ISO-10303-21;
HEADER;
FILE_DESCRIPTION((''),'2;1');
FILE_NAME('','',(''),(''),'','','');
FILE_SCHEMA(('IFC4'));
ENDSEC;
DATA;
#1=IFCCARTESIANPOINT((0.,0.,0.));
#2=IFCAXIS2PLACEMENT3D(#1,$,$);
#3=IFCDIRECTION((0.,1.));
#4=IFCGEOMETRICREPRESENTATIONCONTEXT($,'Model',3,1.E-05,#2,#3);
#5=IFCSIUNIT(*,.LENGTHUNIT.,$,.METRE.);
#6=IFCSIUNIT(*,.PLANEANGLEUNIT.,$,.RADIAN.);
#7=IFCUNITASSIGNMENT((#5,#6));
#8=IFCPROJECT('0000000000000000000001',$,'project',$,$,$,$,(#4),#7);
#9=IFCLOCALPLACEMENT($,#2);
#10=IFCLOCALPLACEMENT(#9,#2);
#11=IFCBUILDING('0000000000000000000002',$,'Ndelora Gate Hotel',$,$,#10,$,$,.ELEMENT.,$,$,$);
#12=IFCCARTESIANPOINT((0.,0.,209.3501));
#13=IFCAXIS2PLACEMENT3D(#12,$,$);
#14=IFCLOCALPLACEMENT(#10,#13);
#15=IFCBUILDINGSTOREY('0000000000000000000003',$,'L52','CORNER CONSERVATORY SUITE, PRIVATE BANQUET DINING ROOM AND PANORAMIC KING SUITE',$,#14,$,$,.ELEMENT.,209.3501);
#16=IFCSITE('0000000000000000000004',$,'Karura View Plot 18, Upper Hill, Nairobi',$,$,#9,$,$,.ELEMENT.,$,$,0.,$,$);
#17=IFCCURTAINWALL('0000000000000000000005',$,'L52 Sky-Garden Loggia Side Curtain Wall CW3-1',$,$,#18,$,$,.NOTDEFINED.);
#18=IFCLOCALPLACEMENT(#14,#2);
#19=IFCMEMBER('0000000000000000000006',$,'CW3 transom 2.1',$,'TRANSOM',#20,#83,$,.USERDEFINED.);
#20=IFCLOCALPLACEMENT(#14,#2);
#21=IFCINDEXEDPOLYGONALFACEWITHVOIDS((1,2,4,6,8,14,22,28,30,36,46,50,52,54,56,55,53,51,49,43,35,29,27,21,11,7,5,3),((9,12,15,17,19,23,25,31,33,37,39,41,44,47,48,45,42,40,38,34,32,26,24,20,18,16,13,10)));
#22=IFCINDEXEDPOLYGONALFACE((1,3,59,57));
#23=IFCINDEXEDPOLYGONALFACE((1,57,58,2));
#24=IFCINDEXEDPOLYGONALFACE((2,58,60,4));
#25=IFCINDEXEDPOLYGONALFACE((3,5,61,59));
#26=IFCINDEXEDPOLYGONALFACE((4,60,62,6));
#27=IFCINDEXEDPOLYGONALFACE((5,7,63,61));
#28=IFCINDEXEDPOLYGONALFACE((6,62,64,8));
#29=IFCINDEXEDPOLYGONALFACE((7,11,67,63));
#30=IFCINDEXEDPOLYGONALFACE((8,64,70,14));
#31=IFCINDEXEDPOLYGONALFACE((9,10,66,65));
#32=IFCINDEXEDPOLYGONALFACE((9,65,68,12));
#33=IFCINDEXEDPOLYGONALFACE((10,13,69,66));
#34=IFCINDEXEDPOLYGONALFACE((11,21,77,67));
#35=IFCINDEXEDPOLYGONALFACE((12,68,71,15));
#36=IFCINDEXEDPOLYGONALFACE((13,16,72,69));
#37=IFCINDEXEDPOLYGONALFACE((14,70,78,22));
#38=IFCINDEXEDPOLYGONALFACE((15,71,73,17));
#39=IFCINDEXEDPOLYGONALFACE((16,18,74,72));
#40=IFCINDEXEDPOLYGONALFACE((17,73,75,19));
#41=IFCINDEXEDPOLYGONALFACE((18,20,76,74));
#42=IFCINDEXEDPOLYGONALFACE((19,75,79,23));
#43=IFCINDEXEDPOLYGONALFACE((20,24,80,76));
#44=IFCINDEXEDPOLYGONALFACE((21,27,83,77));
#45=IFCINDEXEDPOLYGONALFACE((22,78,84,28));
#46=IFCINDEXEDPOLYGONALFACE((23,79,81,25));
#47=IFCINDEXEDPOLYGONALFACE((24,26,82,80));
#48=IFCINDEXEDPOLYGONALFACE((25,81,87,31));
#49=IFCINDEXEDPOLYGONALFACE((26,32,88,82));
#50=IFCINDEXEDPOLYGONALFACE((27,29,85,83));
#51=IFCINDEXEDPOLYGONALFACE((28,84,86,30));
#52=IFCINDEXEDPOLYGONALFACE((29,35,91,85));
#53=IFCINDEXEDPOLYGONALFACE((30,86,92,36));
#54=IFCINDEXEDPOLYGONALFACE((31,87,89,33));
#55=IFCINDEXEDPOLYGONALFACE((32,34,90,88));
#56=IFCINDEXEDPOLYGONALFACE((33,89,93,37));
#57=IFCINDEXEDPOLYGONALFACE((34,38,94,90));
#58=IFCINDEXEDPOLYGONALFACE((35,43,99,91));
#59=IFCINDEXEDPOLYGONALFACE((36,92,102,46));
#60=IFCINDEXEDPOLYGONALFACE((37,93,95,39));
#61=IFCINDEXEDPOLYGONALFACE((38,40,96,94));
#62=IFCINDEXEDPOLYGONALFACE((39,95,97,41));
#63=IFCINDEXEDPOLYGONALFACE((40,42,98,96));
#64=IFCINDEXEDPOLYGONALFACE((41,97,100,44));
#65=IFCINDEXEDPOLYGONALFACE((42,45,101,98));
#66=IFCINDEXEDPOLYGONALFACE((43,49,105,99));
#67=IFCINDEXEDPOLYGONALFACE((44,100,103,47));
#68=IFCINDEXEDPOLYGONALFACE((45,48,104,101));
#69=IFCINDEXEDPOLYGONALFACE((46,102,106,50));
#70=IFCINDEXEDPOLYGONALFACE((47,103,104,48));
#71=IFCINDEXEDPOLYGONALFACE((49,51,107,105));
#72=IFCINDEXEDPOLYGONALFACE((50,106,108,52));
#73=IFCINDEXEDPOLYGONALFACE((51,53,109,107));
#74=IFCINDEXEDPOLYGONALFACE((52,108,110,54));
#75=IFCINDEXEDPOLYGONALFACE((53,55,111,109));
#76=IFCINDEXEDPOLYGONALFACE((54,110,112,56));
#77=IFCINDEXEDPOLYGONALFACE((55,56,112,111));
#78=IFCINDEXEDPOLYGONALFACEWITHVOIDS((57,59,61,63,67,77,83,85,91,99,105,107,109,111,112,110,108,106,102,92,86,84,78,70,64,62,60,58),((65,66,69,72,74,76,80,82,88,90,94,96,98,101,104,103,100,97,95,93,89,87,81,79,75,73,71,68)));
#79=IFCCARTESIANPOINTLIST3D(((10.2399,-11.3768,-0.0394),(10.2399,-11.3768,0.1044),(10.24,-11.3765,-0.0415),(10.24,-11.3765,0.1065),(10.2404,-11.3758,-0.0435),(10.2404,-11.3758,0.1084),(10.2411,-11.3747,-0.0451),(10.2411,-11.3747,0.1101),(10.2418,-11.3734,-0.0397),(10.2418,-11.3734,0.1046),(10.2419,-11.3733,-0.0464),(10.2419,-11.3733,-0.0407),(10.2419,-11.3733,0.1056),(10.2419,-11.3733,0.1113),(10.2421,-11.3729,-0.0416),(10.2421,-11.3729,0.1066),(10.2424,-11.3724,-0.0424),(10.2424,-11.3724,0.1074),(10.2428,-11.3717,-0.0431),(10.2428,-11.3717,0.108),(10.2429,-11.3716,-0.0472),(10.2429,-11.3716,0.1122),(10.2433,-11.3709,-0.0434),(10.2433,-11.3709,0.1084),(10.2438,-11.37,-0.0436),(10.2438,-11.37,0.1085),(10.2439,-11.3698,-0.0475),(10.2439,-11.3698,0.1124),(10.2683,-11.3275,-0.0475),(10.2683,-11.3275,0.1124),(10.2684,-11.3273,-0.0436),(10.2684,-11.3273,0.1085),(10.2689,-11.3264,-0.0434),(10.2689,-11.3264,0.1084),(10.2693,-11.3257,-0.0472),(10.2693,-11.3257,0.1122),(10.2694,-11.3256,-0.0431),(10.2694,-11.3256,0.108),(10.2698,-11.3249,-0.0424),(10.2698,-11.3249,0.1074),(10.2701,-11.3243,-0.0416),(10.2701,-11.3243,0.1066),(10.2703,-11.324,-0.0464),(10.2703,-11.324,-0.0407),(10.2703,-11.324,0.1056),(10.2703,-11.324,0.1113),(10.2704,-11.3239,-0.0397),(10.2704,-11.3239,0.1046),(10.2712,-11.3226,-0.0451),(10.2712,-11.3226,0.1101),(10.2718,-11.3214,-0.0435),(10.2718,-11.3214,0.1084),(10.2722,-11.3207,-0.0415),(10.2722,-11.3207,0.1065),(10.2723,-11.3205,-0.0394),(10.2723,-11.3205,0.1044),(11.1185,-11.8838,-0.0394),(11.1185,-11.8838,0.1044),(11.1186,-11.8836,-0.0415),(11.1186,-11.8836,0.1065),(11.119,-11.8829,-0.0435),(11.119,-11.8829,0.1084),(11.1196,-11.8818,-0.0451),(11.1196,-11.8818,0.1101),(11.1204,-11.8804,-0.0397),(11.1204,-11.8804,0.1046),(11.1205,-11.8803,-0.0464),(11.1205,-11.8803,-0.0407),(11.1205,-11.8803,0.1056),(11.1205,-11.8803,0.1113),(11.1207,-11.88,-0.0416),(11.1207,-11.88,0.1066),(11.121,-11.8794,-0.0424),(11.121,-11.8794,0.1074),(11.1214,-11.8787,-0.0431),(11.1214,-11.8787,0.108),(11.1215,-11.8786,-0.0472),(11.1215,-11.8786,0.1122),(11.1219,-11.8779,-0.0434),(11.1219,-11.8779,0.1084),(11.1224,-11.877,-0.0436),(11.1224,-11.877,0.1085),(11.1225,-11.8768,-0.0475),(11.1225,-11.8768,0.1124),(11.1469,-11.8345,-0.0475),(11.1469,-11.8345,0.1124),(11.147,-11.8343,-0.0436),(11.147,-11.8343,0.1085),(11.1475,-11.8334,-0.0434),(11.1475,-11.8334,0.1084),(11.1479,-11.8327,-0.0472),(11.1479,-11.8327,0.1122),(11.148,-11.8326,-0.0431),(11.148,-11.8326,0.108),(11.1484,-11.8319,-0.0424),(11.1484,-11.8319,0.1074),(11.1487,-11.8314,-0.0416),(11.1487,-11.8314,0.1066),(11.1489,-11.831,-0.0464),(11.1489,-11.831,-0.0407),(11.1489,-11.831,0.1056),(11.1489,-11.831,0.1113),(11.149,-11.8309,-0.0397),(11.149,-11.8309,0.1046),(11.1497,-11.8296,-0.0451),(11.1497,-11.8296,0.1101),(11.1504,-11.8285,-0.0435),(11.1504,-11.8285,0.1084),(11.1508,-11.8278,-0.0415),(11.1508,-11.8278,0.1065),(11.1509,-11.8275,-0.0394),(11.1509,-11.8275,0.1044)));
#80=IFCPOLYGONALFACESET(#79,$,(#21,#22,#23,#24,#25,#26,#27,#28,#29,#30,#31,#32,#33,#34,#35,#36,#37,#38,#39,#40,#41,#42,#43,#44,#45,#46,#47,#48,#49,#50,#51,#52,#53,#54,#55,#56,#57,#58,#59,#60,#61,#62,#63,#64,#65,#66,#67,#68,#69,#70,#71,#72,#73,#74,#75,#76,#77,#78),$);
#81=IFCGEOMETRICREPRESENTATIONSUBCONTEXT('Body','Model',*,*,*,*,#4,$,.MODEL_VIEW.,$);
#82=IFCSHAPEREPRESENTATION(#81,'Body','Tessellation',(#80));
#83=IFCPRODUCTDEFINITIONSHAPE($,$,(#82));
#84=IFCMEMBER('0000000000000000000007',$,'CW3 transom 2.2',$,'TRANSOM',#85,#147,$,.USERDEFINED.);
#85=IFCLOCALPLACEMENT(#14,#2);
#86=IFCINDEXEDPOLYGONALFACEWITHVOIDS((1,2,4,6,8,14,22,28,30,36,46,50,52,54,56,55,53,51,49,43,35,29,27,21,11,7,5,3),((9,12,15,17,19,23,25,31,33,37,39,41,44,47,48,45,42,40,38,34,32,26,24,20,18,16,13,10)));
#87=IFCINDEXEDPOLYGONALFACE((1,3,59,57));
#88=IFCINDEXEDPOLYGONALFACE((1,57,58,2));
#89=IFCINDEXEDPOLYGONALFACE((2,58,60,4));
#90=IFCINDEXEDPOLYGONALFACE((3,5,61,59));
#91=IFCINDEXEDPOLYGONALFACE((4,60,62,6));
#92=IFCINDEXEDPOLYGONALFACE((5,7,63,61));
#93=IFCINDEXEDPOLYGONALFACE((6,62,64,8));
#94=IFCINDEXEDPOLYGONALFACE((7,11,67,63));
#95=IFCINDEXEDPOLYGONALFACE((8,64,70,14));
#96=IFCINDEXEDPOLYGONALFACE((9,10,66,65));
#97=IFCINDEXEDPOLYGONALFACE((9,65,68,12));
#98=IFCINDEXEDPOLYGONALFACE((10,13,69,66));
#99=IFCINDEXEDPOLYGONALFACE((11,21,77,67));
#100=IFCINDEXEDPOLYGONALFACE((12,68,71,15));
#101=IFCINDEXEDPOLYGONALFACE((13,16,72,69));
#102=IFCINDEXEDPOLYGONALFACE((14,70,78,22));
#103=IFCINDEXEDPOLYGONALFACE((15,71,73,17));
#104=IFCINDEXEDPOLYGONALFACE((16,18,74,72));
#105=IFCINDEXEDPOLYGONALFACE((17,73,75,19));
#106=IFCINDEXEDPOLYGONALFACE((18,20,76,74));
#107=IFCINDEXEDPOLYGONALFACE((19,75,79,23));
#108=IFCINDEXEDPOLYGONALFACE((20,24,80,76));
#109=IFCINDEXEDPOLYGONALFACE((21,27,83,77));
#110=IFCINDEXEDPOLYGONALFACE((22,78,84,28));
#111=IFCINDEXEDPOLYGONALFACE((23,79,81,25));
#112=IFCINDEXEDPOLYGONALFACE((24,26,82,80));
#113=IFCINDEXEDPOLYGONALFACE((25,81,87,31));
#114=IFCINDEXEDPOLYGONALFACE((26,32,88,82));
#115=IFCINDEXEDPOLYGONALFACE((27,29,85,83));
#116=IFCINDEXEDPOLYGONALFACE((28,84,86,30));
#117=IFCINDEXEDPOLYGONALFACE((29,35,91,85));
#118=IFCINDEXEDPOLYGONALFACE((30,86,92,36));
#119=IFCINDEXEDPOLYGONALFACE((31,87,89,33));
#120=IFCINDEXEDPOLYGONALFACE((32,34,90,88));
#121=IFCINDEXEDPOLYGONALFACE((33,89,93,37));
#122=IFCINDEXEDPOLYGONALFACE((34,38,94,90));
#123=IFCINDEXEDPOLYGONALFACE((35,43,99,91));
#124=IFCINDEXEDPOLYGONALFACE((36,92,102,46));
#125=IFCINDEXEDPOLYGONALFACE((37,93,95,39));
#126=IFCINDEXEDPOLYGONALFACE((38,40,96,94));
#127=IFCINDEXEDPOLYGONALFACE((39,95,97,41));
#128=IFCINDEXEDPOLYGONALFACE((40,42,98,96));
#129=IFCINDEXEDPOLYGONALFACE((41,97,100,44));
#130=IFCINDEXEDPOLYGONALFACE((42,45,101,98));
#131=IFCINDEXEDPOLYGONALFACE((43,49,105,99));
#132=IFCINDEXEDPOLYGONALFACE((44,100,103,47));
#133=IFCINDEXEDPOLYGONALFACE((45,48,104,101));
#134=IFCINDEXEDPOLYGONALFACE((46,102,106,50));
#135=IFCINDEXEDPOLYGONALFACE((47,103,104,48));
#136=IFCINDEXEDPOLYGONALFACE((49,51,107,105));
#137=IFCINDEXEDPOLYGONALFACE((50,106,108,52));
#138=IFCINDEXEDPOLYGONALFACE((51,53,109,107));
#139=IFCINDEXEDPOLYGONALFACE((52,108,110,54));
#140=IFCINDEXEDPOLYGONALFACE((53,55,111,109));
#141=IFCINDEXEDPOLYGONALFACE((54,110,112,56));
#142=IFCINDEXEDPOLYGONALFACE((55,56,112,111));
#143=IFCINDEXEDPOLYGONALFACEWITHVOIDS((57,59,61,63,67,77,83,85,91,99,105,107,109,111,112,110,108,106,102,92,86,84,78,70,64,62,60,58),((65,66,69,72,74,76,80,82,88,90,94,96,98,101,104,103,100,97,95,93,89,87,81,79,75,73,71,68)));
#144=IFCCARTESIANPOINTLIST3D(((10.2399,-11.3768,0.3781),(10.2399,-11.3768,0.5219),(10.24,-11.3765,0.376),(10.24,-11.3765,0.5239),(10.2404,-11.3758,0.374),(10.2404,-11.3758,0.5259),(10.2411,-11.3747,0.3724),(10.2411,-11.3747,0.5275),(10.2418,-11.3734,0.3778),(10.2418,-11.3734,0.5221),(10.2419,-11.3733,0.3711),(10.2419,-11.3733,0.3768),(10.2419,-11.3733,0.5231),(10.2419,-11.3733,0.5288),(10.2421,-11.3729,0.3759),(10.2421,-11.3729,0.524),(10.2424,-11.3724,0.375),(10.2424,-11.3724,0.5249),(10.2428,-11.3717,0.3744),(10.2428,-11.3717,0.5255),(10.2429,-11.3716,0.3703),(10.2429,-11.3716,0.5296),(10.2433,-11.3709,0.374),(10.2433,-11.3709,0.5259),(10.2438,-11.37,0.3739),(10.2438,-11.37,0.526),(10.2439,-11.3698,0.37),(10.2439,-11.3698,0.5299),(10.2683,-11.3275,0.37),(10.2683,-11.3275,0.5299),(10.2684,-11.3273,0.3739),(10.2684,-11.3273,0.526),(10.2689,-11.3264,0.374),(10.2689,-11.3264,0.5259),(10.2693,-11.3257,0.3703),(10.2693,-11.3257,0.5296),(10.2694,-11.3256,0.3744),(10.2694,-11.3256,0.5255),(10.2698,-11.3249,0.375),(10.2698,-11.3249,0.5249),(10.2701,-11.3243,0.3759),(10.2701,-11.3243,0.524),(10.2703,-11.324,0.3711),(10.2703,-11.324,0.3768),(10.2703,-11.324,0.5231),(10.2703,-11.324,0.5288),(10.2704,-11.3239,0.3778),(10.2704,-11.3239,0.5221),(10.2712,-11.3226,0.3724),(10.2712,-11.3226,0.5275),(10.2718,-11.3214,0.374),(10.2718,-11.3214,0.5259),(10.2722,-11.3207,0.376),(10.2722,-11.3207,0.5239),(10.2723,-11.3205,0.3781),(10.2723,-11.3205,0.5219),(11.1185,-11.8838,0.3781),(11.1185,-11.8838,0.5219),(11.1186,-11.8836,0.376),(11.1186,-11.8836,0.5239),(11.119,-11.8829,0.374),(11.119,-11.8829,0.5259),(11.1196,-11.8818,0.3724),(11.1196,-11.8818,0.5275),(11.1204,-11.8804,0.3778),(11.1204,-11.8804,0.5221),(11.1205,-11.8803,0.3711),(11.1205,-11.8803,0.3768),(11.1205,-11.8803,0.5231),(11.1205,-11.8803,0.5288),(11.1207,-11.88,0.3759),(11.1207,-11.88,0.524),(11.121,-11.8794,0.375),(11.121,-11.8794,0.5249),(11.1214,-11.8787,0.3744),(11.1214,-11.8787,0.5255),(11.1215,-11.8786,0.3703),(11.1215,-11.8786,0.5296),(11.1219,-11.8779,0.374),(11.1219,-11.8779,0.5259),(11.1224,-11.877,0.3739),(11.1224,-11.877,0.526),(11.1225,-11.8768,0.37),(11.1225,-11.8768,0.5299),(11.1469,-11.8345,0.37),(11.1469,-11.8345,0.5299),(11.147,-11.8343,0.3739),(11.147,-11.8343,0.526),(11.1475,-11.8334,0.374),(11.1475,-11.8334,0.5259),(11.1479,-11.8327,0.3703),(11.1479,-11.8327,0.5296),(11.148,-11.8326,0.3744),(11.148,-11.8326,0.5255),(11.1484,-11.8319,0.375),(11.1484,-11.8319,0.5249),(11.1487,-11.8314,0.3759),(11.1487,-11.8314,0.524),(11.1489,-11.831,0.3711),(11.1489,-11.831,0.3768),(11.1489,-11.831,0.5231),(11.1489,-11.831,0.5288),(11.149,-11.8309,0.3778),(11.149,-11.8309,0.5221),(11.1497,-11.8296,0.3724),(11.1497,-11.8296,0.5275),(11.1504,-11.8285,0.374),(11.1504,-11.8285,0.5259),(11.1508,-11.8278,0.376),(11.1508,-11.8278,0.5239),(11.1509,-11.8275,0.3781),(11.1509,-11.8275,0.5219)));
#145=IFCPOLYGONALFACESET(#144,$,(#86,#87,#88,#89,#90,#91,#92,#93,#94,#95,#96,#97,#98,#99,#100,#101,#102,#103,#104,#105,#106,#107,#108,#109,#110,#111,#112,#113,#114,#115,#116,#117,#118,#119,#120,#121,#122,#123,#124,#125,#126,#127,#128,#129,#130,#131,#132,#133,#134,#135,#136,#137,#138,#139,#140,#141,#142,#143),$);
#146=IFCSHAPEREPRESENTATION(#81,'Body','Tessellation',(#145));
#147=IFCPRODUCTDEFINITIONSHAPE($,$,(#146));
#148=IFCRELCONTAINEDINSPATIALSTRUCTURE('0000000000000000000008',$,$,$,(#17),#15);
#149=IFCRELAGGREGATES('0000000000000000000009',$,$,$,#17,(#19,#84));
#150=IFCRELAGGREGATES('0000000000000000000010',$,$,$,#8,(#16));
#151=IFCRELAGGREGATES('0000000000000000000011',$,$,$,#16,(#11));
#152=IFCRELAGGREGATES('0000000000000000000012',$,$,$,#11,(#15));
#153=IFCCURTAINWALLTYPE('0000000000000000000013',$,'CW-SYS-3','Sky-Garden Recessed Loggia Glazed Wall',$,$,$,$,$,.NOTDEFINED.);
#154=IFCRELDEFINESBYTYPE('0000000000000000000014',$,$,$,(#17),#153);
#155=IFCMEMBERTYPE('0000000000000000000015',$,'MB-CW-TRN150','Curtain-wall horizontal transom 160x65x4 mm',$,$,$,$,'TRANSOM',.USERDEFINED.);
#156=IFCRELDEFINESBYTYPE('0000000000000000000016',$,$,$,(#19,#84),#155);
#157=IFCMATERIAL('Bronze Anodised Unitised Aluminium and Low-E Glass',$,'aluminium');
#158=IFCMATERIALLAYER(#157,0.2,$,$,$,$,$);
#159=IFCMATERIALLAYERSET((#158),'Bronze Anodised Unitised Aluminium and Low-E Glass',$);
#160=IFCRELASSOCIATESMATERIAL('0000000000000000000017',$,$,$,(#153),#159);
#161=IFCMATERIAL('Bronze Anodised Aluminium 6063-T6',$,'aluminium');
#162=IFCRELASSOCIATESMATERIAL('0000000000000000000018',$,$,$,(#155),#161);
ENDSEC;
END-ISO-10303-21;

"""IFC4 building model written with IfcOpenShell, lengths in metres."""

from ifc_helpers import new_model, si_unit, direction, frame, origin, origin_2d, place, context, subcontext, project, spatial, hollow_rectangle, extrude, material, layer, layer_set, material_profile, profile_set, type_object, element, aggregate, save


model = new_model("IFC4")

# Units and contexts
model_context = context("Model", 3, precision=1e-05, world=origin(), true_north=direction((0.0, 1.0)))
body_context = subcontext(model_context, "Body", "Model", "MODEL_VIEW")
ifc_project = project(units=[si_unit("LENGTHUNIT", "METRE"), si_unit("PLANEANGLEUNIT", "RADIAN")], contexts=[model_context])

# Site, building, storey
site_placement = place(None, origin())
site = spatial("IfcSite", under=ifc_project, at=site_placement, Name="Karura View Plot 18, Upper Hill, Nairobi", CompositionType="ELEMENT", RefElevation=0.0)
building_placement = place(site_placement, origin())
building = spatial("IfcBuilding", under=site, at=building_placement, Name="Ndelora Gate Hotel", CompositionType="ELEMENT")
storey_placement = place(building_placement, frame((0.0, 0.0, 209.3501)))
storey = spatial("IfcBuildingStorey", under=building, at=storey_placement, Name="L52", Description="CORNER CONSERVATORY SUITE, PRIVATE BANQUET DINING ROOM AND PANORAMIC KING SUITE", CompositionType="ELEMENT", Elevation=209.3501)

# Curtain wall, members
ifc_material_1 = material(Name="Bronze Anodised Unitised Aluminium and Low-E Glass", Category="aluminium")
ifc_layer_1 = layer(ifc_material_1, 0.2)
ifc_layer_set_1 = layer_set([ifc_layer_1], Name="Bronze Anodised Unitised Aluminium and Low-E Glass")
curtain_wall_type = type_object("IfcCurtainWallType", Name="CW-SYS-3", Description="Sky-Garden Recessed Loggia Glazed Wall", PredefinedType="NOTDEFINED", material=ifc_layer_set_1)
curtain_wall_placement = place(storey_placement, origin())
curtain_wall = element("IfcCurtainWall", 1, at=curtain_wall_placement, inside=storey, type_object=curtain_wall_type, Name="L52 Sky-Garden Loggia Side Curtain Wall CW3-1", PredefinedType="NOTDEFINED")
ifc_material_2 = material(Name="Bronze Anodised Aluminium 6063-T6", Category="aluminium")
ifc_material_profile_1 = material_profile(ifc_material_2, hollow_rectangle(XDim=0.0649, YDim=0.1599, WallThickness=0.0039, InnerFilletRadius=0.0039, OuterFilletRadius=0.0081, at=origin_2d()), Name="ALU 160x65x4")
ifc_profile_set_1 = profile_set([ifc_material_profile_1], Name="Bronze Anodised Aluminium 6063-T6")
member_type_1 = type_object("IfcMemberType", Name="MB-CW-TRN150", Description="Curtain-wall horizontal transom 160x65x4 mm", ElementType="TRANSOM", PredefinedType="USERDEFINED", material=ifc_profile_set_1)
member_1_placement = place(storey_placement, frame((10.2561, -11.3486, 0.0325), z_axis=(0.866117, -0.499841, 0.0), x_axis=(0.499841, 0.866117, 0.0)))
member_1 = element("IfcMember", 2, at=member_1_placement, type_object=member_type_1, Name="CW3 transom 2.1", ObjectType="TRANSOM", PredefinedType="USERDEFINED", context=body_context, shape_type="SweptSolid", body=[
    extrude(hollow_rectangle(XDim=0.0649, YDim=0.1599, WallThickness=0.0039, InnerFilletRadius=0.0039, OuterFilletRadius=0.0081, at=origin_2d()), origin(), (0.0, 0.0, 1.0), 1.0144),
])
member_2_placement = place(storey_placement, frame((10.2561, -11.3486, 0.45), z_axis=(0.866117, -0.499841, 0.0), x_axis=(0.499841, 0.866117, 0.0)))
member_2 = element("IfcMember", 3, at=member_2_placement, type_object=member_type_1, Name="CW3 transom 2.2", ObjectType="TRANSOM", PredefinedType="USERDEFINED", context=body_context, shape_type="SweptSolid", body=[
    extrude(hollow_rectangle(XDim=0.0649, YDim=0.1599, WallThickness=0.0039, InnerFilletRadius=0.0039, OuterFilletRadius=0.0081, at=origin_2d()), origin(), (0.0, 0.0, 1.0), 1.0144),
])
aggregate(curtain_wall, [member_1, member_2])

save(model, "model.ifc")
